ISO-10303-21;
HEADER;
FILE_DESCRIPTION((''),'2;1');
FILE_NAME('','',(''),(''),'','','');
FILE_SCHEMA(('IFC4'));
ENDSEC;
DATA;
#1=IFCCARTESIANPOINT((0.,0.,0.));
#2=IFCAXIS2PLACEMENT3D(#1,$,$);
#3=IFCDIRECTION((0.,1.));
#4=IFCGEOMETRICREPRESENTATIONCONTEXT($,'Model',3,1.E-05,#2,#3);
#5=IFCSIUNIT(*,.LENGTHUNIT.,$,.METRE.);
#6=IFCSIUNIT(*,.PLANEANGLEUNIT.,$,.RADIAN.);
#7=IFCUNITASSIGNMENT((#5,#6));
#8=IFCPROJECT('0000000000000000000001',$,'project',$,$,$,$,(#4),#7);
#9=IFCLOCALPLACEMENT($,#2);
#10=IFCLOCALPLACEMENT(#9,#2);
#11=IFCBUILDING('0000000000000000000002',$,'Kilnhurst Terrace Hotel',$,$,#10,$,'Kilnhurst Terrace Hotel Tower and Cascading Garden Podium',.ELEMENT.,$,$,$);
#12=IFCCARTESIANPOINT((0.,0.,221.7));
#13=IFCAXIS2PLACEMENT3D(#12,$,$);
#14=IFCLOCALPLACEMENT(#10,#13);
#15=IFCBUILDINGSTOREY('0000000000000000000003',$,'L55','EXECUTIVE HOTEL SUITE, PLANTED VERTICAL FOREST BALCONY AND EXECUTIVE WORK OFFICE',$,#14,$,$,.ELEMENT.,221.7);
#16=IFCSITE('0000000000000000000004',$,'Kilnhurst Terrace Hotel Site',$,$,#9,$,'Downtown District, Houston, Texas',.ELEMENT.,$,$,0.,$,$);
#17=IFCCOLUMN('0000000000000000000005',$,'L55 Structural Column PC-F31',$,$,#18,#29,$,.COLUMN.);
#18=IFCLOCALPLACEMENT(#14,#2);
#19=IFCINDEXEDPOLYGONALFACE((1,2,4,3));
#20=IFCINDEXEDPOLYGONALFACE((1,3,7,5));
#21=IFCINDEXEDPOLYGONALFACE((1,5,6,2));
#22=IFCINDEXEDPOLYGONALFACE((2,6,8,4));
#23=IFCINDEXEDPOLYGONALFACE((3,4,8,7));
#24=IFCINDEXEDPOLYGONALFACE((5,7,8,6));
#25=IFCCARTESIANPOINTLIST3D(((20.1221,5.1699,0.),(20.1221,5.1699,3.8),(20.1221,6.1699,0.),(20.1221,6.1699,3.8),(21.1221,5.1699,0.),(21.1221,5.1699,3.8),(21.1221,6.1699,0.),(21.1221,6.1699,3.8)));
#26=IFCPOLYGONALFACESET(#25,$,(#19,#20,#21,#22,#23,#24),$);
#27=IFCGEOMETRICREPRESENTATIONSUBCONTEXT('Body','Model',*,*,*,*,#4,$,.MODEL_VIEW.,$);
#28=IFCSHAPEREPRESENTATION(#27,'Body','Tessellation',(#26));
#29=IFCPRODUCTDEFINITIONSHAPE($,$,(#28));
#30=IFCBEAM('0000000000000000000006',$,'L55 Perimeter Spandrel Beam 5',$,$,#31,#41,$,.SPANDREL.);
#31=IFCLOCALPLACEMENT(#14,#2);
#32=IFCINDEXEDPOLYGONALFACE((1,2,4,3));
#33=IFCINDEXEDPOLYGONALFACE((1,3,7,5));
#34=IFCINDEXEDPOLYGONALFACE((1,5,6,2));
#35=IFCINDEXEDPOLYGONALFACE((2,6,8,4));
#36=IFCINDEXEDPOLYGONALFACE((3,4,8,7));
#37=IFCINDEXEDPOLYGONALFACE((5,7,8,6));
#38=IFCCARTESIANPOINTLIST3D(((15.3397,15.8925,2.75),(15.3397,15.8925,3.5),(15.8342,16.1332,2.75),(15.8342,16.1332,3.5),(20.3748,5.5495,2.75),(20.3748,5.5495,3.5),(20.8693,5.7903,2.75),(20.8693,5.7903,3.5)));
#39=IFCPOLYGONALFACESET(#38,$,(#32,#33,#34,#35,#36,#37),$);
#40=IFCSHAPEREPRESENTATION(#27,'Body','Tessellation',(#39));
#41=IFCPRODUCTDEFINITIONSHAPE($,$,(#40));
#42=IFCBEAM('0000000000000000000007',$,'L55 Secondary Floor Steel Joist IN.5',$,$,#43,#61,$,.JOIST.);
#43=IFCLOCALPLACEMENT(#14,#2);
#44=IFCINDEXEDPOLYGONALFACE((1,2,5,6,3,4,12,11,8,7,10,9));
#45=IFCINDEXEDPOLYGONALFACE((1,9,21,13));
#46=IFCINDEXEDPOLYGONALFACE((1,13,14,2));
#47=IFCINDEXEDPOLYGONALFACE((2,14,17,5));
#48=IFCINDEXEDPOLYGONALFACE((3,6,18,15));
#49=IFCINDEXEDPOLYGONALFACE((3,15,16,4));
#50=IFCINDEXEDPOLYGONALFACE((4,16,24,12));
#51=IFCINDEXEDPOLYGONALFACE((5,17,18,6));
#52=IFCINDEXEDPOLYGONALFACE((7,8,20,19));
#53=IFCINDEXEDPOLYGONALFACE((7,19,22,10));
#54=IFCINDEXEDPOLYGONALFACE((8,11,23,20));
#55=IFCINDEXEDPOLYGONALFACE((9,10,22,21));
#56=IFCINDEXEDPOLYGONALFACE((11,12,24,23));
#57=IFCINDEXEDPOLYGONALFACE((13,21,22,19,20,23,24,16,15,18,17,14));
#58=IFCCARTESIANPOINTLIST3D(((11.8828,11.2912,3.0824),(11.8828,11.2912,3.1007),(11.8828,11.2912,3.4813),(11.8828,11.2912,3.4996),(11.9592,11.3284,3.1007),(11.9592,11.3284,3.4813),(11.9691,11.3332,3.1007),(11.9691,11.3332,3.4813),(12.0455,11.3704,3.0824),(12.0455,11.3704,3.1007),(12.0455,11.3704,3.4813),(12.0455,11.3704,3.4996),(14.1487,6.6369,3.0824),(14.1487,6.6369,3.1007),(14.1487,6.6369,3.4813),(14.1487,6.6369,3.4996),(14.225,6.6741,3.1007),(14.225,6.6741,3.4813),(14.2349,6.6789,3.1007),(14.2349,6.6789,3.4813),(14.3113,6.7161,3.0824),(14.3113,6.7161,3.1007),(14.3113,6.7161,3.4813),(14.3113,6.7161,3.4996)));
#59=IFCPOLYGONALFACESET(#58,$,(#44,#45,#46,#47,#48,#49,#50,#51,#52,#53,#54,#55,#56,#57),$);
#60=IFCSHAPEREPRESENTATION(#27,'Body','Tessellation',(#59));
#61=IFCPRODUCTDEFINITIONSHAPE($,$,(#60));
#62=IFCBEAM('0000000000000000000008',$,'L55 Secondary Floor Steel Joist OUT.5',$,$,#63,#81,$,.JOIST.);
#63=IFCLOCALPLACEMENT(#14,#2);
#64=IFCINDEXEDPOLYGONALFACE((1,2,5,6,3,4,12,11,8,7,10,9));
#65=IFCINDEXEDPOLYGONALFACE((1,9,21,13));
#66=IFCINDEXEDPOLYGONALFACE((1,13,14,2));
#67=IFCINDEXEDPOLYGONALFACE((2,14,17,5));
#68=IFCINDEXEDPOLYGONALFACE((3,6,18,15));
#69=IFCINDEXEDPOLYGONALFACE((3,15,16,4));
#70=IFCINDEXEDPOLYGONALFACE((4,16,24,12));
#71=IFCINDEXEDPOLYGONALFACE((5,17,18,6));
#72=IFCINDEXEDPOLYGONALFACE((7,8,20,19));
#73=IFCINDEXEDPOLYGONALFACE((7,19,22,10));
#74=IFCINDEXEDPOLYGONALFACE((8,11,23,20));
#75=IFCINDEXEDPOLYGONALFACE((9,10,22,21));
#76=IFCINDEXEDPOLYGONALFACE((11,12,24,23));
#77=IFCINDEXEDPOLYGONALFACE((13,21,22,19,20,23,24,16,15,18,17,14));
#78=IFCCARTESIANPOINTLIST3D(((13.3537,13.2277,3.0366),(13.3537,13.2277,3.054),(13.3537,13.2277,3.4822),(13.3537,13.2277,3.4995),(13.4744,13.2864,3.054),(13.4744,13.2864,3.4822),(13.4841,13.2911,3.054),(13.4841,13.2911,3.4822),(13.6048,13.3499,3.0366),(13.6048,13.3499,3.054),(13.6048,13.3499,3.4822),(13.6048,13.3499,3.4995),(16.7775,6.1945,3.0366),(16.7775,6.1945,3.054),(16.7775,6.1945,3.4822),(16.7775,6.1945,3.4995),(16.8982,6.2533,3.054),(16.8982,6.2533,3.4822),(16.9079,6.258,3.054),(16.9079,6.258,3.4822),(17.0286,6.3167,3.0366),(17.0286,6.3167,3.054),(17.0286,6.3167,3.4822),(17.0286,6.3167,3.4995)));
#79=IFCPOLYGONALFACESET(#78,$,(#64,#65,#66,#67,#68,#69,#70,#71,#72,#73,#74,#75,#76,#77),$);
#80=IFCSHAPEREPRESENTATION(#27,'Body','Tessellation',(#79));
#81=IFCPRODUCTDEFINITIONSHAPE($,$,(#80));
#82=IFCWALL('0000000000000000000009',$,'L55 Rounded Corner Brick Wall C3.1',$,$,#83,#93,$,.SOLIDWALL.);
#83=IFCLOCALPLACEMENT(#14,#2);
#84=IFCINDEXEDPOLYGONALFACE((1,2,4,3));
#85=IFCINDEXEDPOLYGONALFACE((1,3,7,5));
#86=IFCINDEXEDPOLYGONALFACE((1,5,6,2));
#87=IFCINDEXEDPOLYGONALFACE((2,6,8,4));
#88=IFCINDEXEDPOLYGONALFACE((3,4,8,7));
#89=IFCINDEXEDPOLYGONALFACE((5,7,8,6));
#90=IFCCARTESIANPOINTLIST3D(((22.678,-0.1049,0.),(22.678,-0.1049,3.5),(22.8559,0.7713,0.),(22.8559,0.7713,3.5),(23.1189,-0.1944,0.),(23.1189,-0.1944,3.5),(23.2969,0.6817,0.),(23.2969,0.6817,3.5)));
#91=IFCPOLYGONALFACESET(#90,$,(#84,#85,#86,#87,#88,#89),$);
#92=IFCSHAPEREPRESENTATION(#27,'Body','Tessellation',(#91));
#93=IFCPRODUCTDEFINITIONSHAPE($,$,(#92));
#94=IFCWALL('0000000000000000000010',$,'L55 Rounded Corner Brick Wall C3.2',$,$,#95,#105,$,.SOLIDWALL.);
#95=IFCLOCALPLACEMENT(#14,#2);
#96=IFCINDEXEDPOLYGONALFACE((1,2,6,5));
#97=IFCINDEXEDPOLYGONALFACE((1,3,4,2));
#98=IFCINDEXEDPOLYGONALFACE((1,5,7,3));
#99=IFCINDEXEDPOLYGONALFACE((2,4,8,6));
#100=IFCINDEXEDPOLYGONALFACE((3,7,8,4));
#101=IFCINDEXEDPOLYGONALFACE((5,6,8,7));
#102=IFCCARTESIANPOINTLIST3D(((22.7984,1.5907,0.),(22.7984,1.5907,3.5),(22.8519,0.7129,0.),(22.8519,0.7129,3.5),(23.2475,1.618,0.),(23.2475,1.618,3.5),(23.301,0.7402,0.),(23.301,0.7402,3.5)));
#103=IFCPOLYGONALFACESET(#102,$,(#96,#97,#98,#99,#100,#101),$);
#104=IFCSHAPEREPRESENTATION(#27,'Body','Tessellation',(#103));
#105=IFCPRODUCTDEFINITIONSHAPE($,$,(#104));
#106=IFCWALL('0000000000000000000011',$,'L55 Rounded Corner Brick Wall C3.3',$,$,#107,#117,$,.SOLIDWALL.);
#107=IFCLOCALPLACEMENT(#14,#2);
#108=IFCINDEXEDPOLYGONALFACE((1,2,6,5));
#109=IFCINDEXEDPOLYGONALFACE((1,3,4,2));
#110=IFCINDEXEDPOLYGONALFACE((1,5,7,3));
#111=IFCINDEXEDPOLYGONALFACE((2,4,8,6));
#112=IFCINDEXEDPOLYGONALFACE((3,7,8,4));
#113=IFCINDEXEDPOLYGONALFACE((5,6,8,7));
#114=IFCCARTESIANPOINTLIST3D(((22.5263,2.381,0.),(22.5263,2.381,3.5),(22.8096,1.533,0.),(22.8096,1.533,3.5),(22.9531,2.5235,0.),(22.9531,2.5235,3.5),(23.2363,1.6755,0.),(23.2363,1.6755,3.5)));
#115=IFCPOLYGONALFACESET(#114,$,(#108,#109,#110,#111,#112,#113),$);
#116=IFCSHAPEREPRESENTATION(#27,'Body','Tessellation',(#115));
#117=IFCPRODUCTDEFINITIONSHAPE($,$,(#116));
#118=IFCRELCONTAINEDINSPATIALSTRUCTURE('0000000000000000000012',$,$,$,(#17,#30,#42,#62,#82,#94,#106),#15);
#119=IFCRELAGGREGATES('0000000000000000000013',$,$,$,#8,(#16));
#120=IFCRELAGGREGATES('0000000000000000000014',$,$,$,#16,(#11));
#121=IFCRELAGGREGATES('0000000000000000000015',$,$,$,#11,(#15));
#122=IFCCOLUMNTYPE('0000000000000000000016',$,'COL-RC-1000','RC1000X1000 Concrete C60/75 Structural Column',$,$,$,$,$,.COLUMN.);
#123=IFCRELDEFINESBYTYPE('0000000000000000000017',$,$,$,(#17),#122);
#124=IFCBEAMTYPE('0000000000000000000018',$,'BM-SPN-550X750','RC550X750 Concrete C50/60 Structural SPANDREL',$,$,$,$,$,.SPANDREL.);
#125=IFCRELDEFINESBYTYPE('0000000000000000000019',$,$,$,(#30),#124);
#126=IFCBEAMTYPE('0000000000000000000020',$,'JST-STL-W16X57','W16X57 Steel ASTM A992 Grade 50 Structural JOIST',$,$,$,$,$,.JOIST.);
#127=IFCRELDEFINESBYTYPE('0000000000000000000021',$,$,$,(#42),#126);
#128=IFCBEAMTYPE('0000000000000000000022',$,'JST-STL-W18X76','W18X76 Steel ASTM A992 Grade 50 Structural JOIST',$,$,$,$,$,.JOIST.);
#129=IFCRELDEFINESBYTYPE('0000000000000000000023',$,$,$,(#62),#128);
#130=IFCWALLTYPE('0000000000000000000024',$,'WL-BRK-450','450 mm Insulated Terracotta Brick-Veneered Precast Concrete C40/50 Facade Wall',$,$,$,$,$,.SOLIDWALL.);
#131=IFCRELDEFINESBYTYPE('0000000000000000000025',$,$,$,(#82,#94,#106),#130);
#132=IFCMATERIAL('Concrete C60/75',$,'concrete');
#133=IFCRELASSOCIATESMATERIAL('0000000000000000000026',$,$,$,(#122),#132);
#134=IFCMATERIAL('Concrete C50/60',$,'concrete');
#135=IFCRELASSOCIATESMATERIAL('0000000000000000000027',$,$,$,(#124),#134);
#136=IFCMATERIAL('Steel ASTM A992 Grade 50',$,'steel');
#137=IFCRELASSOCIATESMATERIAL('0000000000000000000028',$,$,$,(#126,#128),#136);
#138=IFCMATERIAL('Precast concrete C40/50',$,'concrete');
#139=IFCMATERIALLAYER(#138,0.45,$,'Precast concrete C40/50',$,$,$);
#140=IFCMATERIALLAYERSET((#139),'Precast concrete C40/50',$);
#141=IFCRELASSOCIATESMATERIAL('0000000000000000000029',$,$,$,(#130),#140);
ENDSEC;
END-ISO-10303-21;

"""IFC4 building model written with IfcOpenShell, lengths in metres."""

from ifc_helpers import new_model, si_unit, direction, frame, frame_2d, origin, origin_2d, place, context, subcontext, project, spatial, rectangle, i_section, extrude, material, layer, layer_set, material_profile, profile_set, type_object, element, save


model = new_model("IFC4")

# Units and contexts
model_context = context("Model", 3, precision=1e-05, world=origin(), true_north=direction((0.0, 1.0)))
body_context = subcontext(model_context, "Body", "Model", "MODEL_VIEW")
ifc_project = project(units=[si_unit("LENGTHUNIT", "METRE"), si_unit("PLANEANGLEUNIT", "RADIAN")], contexts=[model_context])

# Site, building, storey
site_placement = place(None, origin())
site = spatial("IfcSite", under=ifc_project, at=site_placement, Name="Kilnhurst Terrace Hotel Site", LongName="Downtown District, Houston, Texas", CompositionType="ELEMENT", RefElevation=0.0)
building_placement = place(site_placement, origin())
building = spatial("IfcBuilding", under=site, at=building_placement, Name="Kilnhurst Terrace Hotel", LongName="Kilnhurst Terrace Hotel Tower and Cascading Garden Podium", CompositionType="ELEMENT")
storey_placement = place(building_placement, frame((0.0, 0.0, 221.7)))
storey = spatial("IfcBuildingStorey", under=building, at=storey_placement, Name="L55", Description="EXECUTIVE HOTEL SUITE, PLANTED VERTICAL FOREST BALCONY AND EXECUTIVE WORK OFFICE", CompositionType="ELEMENT", Elevation=221.7)

# Column
ifc_material_1 = material(Name="Concrete C60/75", Category="concrete")
ifc_material_profile_1 = material_profile(ifc_material_1, rectangle(XDim=1.0, YDim=1.0, at=origin_2d()), Name="RC1000X1000")
ifc_profile_set_1 = profile_set([ifc_material_profile_1], Name="Concrete C60/75")
column_type = type_object("IfcColumnType", Name="COL-RC-1000", Description="RC1000X1000 Concrete C60/75 Structural Column", PredefinedType="COLUMN", material=ifc_profile_set_1)
column_placement = place(storey_placement, frame((20.6221, 5.6699, 0.0), z_axis=(0.0, 0.0, 1.0), x_axis=(1.0, 0.0, 0.0)))
element("IfcColumn", 1, at=column_placement, inside=storey, type_object=column_type, Name="L55 Structural Column PC-F31", PredefinedType="COLUMN", context=body_context, shape_type="SweptSolid", body=[
    extrude(rectangle(XDim=1.0, YDim=1.0, at=origin_2d()), origin(), (0.0, 0.0, 1.0), 3.8),
])

# Beams
ifc_material_2 = material(Name="Concrete C50/60", Category="concrete")
ifc_material_profile_2 = material_profile(ifc_material_2, rectangle(XDim=0.55, YDim=0.75, at=origin_2d()), Name="RC550X750")
ifc_profile_set_2 = profile_set([ifc_material_profile_2], Name="Concrete C50/60")
beam_type_1 = type_object("IfcBeamType", Name="BM-SPN-550X750", Description="RC550X750 Concrete C50/60 Structural SPANDREL", PredefinedType="SPANDREL", material=ifc_profile_set_2)
beam_1_placement = place(storey_placement, frame((20.6221, 5.6699, 3.125), z_axis=(-0.437706, 0.899118, 0.0), x_axis=(-0.899118, -0.437706, 0.0)))
element("IfcBeam", 2, at=beam_1_placement, inside=storey, type_object=beam_type_1, Name="L55 Perimeter Spandrel Beam 5", PredefinedType="SPANDREL", context=body_context, shape_type="SweptSolid", body=[
    extrude(rectangle(XDim=0.55, YDim=0.75, at=origin_2d()), origin(), (0.0, 0.0, 1.0), 11.5034),
])
ifc_material_3 = material(Name="Steel ASTM A992 Grade 50", Category="steel")
ifc_material_profile_3 = material_profile(ifc_material_3, i_section(OverallWidth=0.1809, OverallDepth=0.4172, WebThickness=0.011, FlangeThickness=0.0183, at=origin_2d()), Name="W16X57")
ifc_profile_set_3 = profile_set([ifc_material_profile_3], Name="Steel ASTM A992 Grade 50")
beam_type_2 = type_object("IfcBeamType", Name="JST-STL-W16X57", Description="W16X57 Steel ASTM A992 Grade 50 Structural JOIST", PredefinedType="JOIST", material=ifc_profile_set_3)
beam_2_placement = place(storey_placement, frame((14.23, 6.6765, 3.291), z_axis=(-0.437718, 0.899112, 0.0), x_axis=(-0.899112, -0.437718, 0.0)))
element("IfcBeam", 3, at=beam_2_placement, inside=storey, type_object=beam_type_2, Name="L55 Secondary Floor Steel Joist IN.5", PredefinedType="JOIST", context=body_context, shape_type="SweptSolid", body=[
    extrude(i_section(OverallWidth=0.1809, OverallDepth=0.4172, WebThickness=0.011, FlangeThickness=0.0183, at=origin_2d()), origin(), (0.0, 0.0, 1.0), 5.1765),
])
ifc_material_profile_4 = material_profile(ifc_material_3, i_section(OverallWidth=0.2793, OverallDepth=0.4629, WebThickness=0.0107, FlangeThickness=0.0173, at=origin_2d()), Name="W18X76")
ifc_profile_set_4 = profile_set([ifc_material_profile_4], Name="Steel ASTM A992 Grade 50")
beam_type_3 = type_object("IfcBeamType", Name="JST-STL-W18X76", Description="W18X76 Steel ASTM A992 Grade 50 Structural JOIST", PredefinedType="JOIST", material=ifc_profile_set_4)
beam_3_placement = place(storey_placement, frame((16.9031, 6.2556, 3.2681), z_axis=(-0.4377, 0.899121, 0.0), x_axis=(-0.899121, -0.4377, 0.0)))
element("IfcBeam", 4, at=beam_3_placement, inside=storey, type_object=beam_type_3, Name="L55 Secondary Floor Steel Joist OUT.5", PredefinedType="JOIST", context=body_context, shape_type="SweptSolid", body=[
    extrude(i_section(OverallWidth=0.2793, OverallDepth=0.4629, WebThickness=0.0107, FlangeThickness=0.0173, at=origin_2d()), origin(), (0.0, 0.0, 1.0), 7.8223),
])

# Walls
ifc_material_4 = material(Name="Precast concrete C40/50", Category="concrete")
ifc_layer_1 = layer(ifc_material_4, 0.45, Name="Precast concrete C40/50")
ifc_layer_set_1 = layer_set([ifc_layer_1], Name="Precast concrete C40/50")
wall_type_1 = type_object("IfcWallType", Name="WL-BRK-450", Description="450 mm Insulated Terracotta Brick-Veneered Precast Concrete C40/50 Facade Wall", PredefinedType="SOLIDWALL", material=ifc_layer_set_1)
wall_1_placement = place(storey_placement, frame((22.8984, -0.1497, 0.0), z_axis=(0.0, 0.0, 1.0), x_axis=(0.199056, 0.979988, 0.0)))
element("IfcWall", 5, at=wall_1_placement, inside=storey, type_object=wall_type_1, Name="L55 Rounded Corner Brick Wall C3.1", PredefinedType="SOLIDWALL", context=body_context, shape_type="SweptSolid", body=[
    extrude(rectangle(XDim=0.894, YDim=0.45, at=frame_2d((0.447, 0.0))), origin(), (0.0, 0.0, 1.0), 3.5),
])
wall_2_placement = place(storey_placement, frame((23.0764, 0.7266, 0.0), z_axis=(0.0, 0.0, 1.0), x_axis=(-0.060805, 0.99815, 0.0)))
element("IfcWall", 6, at=wall_2_placement, inside=storey, type_object=wall_type_1, Name="L55 Rounded Corner Brick Wall C3.2", PredefinedType="SOLIDWALL", context=body_context, shape_type="SweptSolid", body=[
    extrude(rectangle(XDim=0.8794, YDim=0.45, at=frame_2d((0.4397, 0.0))), origin(), (0.0, 0.0, 1.0), 3.5),
])
wall_3_placement = place(storey_placement, frame((23.0229, 1.6042, 0.0), z_axis=(0.0, 0.0, 1.0), x_axis=(-0.316801, 0.948492, 0.0)))
element("IfcWall", 7, at=wall_3_placement, inside=storey, type_object=wall_type_1, Name="L55 Rounded Corner Brick Wall C3.3", PredefinedType="SOLIDWALL", context=body_context, shape_type="SweptSolid", body=[
    extrude(rectangle(XDim=0.894, YDim=0.45, at=frame_2d((0.447, 0.0))), origin(), (0.0, 0.0, 1.0), 3.5),
])

save(model, "model.ifc")
